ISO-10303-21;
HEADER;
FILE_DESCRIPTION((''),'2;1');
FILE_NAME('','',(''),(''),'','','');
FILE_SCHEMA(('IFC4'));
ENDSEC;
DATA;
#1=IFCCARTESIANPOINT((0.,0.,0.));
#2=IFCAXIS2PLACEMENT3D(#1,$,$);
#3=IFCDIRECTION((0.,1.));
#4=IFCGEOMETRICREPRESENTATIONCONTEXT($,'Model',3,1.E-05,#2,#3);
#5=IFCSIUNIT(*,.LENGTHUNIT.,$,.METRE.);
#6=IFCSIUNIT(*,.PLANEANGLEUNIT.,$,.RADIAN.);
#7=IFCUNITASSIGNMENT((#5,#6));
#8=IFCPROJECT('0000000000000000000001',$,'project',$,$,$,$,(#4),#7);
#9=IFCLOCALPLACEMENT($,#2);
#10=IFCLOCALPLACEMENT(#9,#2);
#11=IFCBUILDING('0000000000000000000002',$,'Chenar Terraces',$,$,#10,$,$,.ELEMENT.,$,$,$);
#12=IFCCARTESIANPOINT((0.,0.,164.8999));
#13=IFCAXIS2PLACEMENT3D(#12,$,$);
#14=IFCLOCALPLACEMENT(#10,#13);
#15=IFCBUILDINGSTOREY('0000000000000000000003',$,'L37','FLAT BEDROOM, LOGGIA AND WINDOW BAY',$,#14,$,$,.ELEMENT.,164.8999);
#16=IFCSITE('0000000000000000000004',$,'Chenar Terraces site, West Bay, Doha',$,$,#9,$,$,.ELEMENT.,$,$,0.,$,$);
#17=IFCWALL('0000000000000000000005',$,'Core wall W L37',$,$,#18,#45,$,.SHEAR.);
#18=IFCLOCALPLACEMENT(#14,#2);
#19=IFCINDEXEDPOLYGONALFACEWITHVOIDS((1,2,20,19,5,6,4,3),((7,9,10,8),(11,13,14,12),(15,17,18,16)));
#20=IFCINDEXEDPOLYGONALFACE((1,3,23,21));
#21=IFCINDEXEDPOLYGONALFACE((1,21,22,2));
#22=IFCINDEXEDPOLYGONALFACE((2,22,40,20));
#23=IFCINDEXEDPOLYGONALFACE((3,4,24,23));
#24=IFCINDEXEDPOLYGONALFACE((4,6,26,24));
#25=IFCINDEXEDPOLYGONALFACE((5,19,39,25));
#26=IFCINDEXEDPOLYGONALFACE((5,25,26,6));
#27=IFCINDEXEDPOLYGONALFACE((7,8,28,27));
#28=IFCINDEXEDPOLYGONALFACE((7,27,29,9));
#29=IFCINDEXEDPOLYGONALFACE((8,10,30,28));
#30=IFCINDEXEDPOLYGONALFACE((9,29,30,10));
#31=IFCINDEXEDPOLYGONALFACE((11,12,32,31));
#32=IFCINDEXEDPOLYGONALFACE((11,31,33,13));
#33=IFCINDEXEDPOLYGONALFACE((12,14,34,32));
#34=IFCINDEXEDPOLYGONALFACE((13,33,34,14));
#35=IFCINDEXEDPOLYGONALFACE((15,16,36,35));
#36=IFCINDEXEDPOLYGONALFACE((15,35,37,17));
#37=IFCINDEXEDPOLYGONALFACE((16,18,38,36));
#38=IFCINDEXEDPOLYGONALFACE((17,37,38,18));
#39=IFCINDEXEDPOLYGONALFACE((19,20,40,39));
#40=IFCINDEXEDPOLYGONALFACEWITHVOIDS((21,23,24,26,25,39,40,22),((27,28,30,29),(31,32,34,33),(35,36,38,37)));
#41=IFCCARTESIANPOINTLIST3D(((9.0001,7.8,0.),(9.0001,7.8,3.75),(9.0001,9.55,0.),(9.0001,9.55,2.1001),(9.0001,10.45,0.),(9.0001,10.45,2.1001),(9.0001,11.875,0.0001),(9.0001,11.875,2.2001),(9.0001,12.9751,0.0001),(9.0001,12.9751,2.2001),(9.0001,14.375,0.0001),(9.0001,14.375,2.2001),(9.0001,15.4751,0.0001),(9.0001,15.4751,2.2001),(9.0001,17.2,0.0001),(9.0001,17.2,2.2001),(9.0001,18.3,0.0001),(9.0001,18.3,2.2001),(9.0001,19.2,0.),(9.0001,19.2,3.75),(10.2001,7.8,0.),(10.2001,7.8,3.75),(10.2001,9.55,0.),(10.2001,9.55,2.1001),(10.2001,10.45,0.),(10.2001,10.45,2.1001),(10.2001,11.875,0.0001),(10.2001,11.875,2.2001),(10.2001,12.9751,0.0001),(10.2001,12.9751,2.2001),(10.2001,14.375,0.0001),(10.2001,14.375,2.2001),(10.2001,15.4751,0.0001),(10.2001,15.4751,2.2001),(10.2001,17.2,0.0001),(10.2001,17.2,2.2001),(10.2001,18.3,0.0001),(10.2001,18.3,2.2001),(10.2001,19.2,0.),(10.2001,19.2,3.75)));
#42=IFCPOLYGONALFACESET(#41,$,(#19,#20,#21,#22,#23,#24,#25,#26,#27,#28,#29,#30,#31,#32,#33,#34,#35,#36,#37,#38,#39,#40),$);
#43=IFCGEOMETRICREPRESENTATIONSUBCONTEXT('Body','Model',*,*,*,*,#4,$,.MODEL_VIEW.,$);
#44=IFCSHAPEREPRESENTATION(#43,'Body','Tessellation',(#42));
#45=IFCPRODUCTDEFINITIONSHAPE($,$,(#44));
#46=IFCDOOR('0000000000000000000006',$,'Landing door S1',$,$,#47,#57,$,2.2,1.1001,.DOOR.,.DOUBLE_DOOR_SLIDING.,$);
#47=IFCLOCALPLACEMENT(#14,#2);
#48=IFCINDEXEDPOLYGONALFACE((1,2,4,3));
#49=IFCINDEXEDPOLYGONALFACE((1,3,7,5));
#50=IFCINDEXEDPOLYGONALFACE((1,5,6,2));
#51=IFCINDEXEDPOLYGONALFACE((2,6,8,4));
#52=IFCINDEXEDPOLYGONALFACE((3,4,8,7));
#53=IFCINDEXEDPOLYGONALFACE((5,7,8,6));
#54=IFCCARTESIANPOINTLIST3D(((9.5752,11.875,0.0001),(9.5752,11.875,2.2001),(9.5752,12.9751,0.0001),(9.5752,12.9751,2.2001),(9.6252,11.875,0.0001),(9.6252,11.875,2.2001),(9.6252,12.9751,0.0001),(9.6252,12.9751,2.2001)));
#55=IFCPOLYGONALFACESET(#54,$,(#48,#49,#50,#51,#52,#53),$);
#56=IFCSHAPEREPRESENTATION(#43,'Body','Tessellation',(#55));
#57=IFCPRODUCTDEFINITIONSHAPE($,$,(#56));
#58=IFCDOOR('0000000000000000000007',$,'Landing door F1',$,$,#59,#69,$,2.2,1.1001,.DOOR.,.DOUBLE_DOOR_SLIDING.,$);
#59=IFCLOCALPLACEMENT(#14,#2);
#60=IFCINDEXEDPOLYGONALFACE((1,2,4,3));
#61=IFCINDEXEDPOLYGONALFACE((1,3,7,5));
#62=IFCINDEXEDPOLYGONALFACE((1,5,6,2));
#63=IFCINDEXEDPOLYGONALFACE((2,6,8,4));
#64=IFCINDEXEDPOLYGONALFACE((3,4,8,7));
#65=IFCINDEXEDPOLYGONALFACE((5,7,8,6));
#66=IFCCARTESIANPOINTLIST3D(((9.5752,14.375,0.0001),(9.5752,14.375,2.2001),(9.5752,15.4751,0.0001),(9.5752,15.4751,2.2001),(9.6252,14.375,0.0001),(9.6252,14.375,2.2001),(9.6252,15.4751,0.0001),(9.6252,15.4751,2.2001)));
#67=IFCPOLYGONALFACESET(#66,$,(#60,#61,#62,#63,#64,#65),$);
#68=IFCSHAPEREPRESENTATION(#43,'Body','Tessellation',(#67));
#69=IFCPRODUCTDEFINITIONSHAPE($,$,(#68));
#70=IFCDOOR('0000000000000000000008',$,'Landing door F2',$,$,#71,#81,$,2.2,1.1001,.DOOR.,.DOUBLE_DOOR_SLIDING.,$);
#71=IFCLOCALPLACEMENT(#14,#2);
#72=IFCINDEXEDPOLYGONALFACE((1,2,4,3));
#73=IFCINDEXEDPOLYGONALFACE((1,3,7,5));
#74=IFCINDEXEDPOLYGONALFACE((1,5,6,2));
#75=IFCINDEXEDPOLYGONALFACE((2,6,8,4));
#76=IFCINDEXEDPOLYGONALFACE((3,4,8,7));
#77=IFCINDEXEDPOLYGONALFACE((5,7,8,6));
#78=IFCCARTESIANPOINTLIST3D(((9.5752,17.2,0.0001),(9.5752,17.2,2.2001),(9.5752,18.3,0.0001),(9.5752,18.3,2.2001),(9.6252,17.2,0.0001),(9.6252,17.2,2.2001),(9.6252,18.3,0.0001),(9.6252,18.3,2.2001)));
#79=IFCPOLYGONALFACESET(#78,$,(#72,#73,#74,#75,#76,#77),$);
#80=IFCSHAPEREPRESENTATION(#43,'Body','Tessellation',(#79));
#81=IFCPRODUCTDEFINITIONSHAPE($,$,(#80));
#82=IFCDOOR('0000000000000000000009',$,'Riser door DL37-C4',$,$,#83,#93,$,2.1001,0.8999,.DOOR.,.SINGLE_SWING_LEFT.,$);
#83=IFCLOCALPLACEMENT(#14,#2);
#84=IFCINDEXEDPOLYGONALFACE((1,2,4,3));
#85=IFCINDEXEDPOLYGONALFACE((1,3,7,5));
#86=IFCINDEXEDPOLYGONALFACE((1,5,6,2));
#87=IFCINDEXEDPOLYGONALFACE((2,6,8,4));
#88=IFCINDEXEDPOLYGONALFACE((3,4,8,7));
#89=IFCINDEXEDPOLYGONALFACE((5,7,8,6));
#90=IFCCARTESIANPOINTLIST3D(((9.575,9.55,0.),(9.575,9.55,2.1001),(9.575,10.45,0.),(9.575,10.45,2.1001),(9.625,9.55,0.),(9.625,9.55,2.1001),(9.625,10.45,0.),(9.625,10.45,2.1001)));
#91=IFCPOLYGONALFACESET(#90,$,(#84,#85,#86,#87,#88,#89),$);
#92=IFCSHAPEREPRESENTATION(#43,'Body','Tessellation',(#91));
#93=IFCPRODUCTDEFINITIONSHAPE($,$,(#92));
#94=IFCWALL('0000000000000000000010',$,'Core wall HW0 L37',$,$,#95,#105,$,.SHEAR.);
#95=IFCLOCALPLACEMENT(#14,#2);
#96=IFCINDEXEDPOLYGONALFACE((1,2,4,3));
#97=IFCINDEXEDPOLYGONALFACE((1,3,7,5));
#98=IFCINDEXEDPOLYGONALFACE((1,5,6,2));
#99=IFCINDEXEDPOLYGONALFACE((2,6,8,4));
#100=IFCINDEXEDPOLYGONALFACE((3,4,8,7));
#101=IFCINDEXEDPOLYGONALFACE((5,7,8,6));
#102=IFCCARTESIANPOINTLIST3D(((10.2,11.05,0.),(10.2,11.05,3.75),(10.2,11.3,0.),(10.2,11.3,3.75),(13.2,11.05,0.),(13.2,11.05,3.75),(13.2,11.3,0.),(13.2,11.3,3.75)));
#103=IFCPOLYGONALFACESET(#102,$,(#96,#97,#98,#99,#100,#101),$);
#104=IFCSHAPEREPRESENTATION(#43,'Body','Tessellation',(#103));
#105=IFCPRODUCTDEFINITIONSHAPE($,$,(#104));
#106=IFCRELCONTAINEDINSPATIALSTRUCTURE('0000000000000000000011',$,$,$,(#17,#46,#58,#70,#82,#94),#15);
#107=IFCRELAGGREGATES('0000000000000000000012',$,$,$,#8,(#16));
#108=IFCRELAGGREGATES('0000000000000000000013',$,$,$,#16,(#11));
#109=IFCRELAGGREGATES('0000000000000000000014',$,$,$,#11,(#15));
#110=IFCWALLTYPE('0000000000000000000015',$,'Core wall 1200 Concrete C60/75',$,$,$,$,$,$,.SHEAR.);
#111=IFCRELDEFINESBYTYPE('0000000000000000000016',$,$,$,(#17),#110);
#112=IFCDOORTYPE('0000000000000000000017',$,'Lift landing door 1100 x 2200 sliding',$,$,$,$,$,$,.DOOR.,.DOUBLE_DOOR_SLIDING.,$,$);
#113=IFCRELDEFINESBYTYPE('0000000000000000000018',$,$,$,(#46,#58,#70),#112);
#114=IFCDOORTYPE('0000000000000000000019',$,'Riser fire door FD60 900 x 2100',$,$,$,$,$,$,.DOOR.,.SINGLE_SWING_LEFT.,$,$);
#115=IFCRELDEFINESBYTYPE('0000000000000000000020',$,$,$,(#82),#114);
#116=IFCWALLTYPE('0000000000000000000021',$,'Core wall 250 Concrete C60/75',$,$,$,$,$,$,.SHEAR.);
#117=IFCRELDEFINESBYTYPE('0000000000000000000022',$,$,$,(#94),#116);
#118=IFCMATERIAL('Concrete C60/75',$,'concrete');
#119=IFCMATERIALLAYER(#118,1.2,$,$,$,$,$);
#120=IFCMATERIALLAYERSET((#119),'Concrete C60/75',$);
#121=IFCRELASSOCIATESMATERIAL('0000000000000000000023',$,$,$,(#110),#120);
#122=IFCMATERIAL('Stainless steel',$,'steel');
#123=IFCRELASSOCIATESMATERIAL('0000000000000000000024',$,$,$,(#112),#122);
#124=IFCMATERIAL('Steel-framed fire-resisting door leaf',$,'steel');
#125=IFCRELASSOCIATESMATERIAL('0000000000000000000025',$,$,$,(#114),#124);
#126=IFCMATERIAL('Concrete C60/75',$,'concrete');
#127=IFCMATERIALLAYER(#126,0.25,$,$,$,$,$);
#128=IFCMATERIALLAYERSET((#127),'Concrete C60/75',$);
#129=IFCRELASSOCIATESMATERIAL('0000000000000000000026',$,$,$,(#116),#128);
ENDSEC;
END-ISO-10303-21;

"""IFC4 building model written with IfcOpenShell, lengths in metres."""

from ifc_helpers import new_model, si_unit, direction, frame, frame_2d, origin, place, context, subcontext, project, spatial, rectangle, extrude, material, layer, layer_set, type_object, element, fill, save


model = new_model("IFC4")

# Units and contexts
model_context = context("Model", 3, precision=1e-05, world=origin(), true_north=direction((0.0, 1.0)))
body_context = subcontext(model_context, "Body", "Model", "MODEL_VIEW")
ifc_project = project(units=[si_unit("LENGTHUNIT", "METRE"), si_unit("PLANEANGLEUNIT", "RADIAN")], contexts=[model_context])

# Site, building, storey
site_placement = place(None, origin())
site = spatial("IfcSite", under=ifc_project, at=site_placement, Name="Chenar Terraces site, West Bay, Doha", CompositionType="ELEMENT", RefElevation=0.0)
building_placement = place(site_placement, origin())
building = spatial("IfcBuilding", under=site, at=building_placement, Name="Chenar Terraces", CompositionType="ELEMENT")
storey_placement = place(building_placement, frame((0.0, 0.0, 164.8999)))
storey = spatial("IfcBuildingStorey", under=building, at=storey_placement, Name="L37", Description="FLAT BEDROOM, LOGGIA AND WINDOW BAY", CompositionType="ELEMENT", Elevation=164.8999)

# Wall, openings, doors
ifc_material_1 = material(Name="Concrete C60/75", Category="concrete")
ifc_layer_1 = layer(ifc_material_1, 1.2)
ifc_layer_set_1 = layer_set([ifc_layer_1], Name="Concrete C60/75")
wall_type_1 = type_object("IfcWallType", Name="Core wall 1200 Concrete C60/75", PredefinedType="SHEAR", material=ifc_layer_set_1)
wall_1_placement = place(storey_placement, frame((9.6001, 7.8, 0.0), z_axis=(0.0, 0.0, 1.0), x_axis=(0.0, 1.0, 0.0)))
wall_1 = element("IfcWall", 1, at=wall_1_placement, inside=storey, type_object=wall_type_1, Name="Core wall W L37", PredefinedType="SHEAR", context=body_context, shape_type="SweptSolid", body=[
    extrude(rectangle(XDim=11.3999, YDim=1.2, at=frame_2d((5.7, 0.0))), origin(), (0.0, 0.0, 1.0), 3.75),
])
opening_1_placement = place(wall_1_placement, frame((4.075, 0.0, 0.0)))
opening_1 = element("IfcOpeningElement", 2, at=opening_1_placement, cuts=wall_1, PredefinedType="OPENING", context=body_context, shape_type="SweptSolid", body=[
    extrude(rectangle(XDim=1.1001, YDim=2.2, at=frame_2d((0.55, 1.1001))), frame((0.0, 0.6099, 0.0), z_axis=(0.0, -1.0, 0.0), x_axis=(1.0, 0.0, 0.0)), (0.0, 0.0, 1.0), 1.22),
])
opening_2_placement = place(wall_1_placement, frame((6.575, 0.0, 0.0)))
opening_2 = element("IfcOpeningElement", 3, at=opening_2_placement, cuts=wall_1, PredefinedType="OPENING", context=body_context, shape_type="SweptSolid", body=[
    extrude(rectangle(XDim=1.1001, YDim=2.2, at=frame_2d((0.55, 1.1001))), frame((0.0, 0.6099, 0.0), z_axis=(0.0, -1.0, 0.0), x_axis=(1.0, 0.0, 0.0)), (0.0, 0.0, 1.0), 1.22),
])
opening_3_placement = place(wall_1_placement, frame((9.3999, 0.0, 0.0)))
opening_3 = element("IfcOpeningElement", 4, at=opening_3_placement, cuts=wall_1, PredefinedType="OPENING", context=body_context, shape_type="SweptSolid", body=[
    extrude(rectangle(XDim=1.1001, YDim=2.2, at=frame_2d((0.55, 1.1001))), frame((0.0, 0.6099, 0.0), z_axis=(0.0, -1.0, 0.0), x_axis=(1.0, 0.0, 0.0)), (0.0, 0.0, 1.0), 1.22),
])
opening_4_placement = place(wall_1_placement, frame((1.75, 0.0, 0.0)))
opening_4 = element("IfcOpeningElement", 5, at=opening_4_placement, cuts=wall_1, PredefinedType="OPENING", context=body_context, shape_type="SweptSolid", body=[
    extrude(rectangle(XDim=0.8999, YDim=2.1001, at=frame_2d((0.45, 1.05))), frame((0.0, 0.6099, 0.0), z_axis=(0.0, -1.0, 0.0), x_axis=(1.0, 0.0, 0.0)), (0.0, 0.0, 1.0), 1.22),
])
ifc_material_2 = material(Name="Stainless steel", Category="steel")
door_type_1 = type_object("IfcDoorType", Name="Lift landing door 1100 x 2200 sliding", OperationType="DOUBLE_DOOR_SLIDING", PredefinedType="DOOR", material=ifc_material_2)
door_1_placement = place(opening_1_placement, origin())
door_1 = element("IfcDoor", 6, at=door_1_placement, inside=storey, type_object=door_type_1, Name="Landing door S1", OperationType="DOUBLE_DOOR_SLIDING", OverallHeight=2.2, OverallWidth=1.1001, PredefinedType="DOOR", context=body_context, shape_type="SweptSolid", body=[
    extrude(rectangle(XDim=1.1001, YDim=2.2, at=frame_2d((0.55, 1.1001))), frame((0.0, 0.0249, 0.0), z_axis=(0.0, -1.0, 0.0), x_axis=(1.0, 0.0, 0.0)), (0.0, 0.0, 1.0), 0.05),
])
fill(opening_1, door_1)
door_2_placement = place(opening_2_placement, origin())
door_2 = element("IfcDoor", 7, at=door_2_placement, inside=storey, type_object=door_type_1, Name="Landing door F1", OperationType="DOUBLE_DOOR_SLIDING", OverallHeight=2.2, OverallWidth=1.1001, PredefinedType="DOOR", context=body_context, shape_type="SweptSolid", body=[
    extrude(rectangle(XDim=1.1001, YDim=2.2, at=frame_2d((0.55, 1.1001))), frame((0.0, 0.0249, 0.0), z_axis=(0.0, -1.0, 0.0), x_axis=(1.0, 0.0, 0.0)), (0.0, 0.0, 1.0), 0.05),
])
fill(opening_2, door_2)
door_3_placement = place(opening_3_placement, origin())
door_3 = element("IfcDoor", 8, at=door_3_placement, inside=storey, type_object=door_type_1, Name="Landing door F2", OperationType="DOUBLE_DOOR_SLIDING", OverallHeight=2.2, OverallWidth=1.1001, PredefinedType="DOOR", context=body_context, shape_type="SweptSolid", body=[
    extrude(rectangle(XDim=1.1001, YDim=2.2, at=frame_2d((0.55, 1.1001))), frame((0.0, 0.0249, 0.0), z_axis=(0.0, -1.0, 0.0), x_axis=(1.0, 0.0, 0.0)), (0.0, 0.0, 1.0), 0.05),
])
fill(opening_3, door_3)
ifc_material_3 = material(Name="Steel-framed fire-resisting door leaf", Category="steel")
door_type_2 = type_object("IfcDoorType", Name="Riser fire door FD60 900 x 2100", OperationType="SINGLE_SWING_LEFT", PredefinedType="DOOR", material=ifc_material_3)
door_4_placement = place(opening_4_placement, frame((0.8999, 0.0, 0.0), z_axis=(0.0, 0.0, 1.0), x_axis=(-1.0, 0.0, 0.0)))
door_4 = element("IfcDoor", 9, at=door_4_placement, inside=storey, type_object=door_type_2, Name="Riser door DL37-C4", OperationType="SINGLE_SWING_LEFT", OverallHeight=2.1001, OverallWidth=0.8999, PredefinedType="DOOR", context=body_context, shape_type="SweptSolid", body=[
    extrude(rectangle(XDim=0.8999, YDim=2.1001, at=frame_2d((0.45, 1.05))), frame((0.0, 0.0249, 0.0), z_axis=(0.0, -1.0, 0.0), x_axis=(1.0, 0.0, 0.0)), (0.0, 0.0, 1.0), 0.05),
])
fill(opening_4, door_4)

# Wall
ifc_material_4 = material(Name="Concrete C60/75", Category="concrete")
ifc_layer_2 = layer(ifc_material_4, 0.25)
ifc_layer_set_2 = layer_set([ifc_layer_2], Name="Concrete C60/75")
wall_type_2 = type_object("IfcWallType", Name="Core wall 250 Concrete C60/75", PredefinedType="SHEAR", material=ifc_layer_set_2)
wall_2_placement = place(storey_placement, frame((10.2, 11.175, 0.0), z_axis=(0.0, 0.0, 1.0), x_axis=(1.0, 0.0, 0.0)))
element("IfcWall", 10, at=wall_2_placement, inside=storey, type_object=wall_type_2, Name="Core wall HW0 L37", PredefinedType="SHEAR", context=body_context, shape_type="SweptSolid", body=[
    extrude(rectangle(XDim=3.0, YDim=0.25, at=frame_2d((1.5, 0.0))), origin(), (0.0, 0.0, 1.0), 3.75),
])

save(model, "model.ifc")
